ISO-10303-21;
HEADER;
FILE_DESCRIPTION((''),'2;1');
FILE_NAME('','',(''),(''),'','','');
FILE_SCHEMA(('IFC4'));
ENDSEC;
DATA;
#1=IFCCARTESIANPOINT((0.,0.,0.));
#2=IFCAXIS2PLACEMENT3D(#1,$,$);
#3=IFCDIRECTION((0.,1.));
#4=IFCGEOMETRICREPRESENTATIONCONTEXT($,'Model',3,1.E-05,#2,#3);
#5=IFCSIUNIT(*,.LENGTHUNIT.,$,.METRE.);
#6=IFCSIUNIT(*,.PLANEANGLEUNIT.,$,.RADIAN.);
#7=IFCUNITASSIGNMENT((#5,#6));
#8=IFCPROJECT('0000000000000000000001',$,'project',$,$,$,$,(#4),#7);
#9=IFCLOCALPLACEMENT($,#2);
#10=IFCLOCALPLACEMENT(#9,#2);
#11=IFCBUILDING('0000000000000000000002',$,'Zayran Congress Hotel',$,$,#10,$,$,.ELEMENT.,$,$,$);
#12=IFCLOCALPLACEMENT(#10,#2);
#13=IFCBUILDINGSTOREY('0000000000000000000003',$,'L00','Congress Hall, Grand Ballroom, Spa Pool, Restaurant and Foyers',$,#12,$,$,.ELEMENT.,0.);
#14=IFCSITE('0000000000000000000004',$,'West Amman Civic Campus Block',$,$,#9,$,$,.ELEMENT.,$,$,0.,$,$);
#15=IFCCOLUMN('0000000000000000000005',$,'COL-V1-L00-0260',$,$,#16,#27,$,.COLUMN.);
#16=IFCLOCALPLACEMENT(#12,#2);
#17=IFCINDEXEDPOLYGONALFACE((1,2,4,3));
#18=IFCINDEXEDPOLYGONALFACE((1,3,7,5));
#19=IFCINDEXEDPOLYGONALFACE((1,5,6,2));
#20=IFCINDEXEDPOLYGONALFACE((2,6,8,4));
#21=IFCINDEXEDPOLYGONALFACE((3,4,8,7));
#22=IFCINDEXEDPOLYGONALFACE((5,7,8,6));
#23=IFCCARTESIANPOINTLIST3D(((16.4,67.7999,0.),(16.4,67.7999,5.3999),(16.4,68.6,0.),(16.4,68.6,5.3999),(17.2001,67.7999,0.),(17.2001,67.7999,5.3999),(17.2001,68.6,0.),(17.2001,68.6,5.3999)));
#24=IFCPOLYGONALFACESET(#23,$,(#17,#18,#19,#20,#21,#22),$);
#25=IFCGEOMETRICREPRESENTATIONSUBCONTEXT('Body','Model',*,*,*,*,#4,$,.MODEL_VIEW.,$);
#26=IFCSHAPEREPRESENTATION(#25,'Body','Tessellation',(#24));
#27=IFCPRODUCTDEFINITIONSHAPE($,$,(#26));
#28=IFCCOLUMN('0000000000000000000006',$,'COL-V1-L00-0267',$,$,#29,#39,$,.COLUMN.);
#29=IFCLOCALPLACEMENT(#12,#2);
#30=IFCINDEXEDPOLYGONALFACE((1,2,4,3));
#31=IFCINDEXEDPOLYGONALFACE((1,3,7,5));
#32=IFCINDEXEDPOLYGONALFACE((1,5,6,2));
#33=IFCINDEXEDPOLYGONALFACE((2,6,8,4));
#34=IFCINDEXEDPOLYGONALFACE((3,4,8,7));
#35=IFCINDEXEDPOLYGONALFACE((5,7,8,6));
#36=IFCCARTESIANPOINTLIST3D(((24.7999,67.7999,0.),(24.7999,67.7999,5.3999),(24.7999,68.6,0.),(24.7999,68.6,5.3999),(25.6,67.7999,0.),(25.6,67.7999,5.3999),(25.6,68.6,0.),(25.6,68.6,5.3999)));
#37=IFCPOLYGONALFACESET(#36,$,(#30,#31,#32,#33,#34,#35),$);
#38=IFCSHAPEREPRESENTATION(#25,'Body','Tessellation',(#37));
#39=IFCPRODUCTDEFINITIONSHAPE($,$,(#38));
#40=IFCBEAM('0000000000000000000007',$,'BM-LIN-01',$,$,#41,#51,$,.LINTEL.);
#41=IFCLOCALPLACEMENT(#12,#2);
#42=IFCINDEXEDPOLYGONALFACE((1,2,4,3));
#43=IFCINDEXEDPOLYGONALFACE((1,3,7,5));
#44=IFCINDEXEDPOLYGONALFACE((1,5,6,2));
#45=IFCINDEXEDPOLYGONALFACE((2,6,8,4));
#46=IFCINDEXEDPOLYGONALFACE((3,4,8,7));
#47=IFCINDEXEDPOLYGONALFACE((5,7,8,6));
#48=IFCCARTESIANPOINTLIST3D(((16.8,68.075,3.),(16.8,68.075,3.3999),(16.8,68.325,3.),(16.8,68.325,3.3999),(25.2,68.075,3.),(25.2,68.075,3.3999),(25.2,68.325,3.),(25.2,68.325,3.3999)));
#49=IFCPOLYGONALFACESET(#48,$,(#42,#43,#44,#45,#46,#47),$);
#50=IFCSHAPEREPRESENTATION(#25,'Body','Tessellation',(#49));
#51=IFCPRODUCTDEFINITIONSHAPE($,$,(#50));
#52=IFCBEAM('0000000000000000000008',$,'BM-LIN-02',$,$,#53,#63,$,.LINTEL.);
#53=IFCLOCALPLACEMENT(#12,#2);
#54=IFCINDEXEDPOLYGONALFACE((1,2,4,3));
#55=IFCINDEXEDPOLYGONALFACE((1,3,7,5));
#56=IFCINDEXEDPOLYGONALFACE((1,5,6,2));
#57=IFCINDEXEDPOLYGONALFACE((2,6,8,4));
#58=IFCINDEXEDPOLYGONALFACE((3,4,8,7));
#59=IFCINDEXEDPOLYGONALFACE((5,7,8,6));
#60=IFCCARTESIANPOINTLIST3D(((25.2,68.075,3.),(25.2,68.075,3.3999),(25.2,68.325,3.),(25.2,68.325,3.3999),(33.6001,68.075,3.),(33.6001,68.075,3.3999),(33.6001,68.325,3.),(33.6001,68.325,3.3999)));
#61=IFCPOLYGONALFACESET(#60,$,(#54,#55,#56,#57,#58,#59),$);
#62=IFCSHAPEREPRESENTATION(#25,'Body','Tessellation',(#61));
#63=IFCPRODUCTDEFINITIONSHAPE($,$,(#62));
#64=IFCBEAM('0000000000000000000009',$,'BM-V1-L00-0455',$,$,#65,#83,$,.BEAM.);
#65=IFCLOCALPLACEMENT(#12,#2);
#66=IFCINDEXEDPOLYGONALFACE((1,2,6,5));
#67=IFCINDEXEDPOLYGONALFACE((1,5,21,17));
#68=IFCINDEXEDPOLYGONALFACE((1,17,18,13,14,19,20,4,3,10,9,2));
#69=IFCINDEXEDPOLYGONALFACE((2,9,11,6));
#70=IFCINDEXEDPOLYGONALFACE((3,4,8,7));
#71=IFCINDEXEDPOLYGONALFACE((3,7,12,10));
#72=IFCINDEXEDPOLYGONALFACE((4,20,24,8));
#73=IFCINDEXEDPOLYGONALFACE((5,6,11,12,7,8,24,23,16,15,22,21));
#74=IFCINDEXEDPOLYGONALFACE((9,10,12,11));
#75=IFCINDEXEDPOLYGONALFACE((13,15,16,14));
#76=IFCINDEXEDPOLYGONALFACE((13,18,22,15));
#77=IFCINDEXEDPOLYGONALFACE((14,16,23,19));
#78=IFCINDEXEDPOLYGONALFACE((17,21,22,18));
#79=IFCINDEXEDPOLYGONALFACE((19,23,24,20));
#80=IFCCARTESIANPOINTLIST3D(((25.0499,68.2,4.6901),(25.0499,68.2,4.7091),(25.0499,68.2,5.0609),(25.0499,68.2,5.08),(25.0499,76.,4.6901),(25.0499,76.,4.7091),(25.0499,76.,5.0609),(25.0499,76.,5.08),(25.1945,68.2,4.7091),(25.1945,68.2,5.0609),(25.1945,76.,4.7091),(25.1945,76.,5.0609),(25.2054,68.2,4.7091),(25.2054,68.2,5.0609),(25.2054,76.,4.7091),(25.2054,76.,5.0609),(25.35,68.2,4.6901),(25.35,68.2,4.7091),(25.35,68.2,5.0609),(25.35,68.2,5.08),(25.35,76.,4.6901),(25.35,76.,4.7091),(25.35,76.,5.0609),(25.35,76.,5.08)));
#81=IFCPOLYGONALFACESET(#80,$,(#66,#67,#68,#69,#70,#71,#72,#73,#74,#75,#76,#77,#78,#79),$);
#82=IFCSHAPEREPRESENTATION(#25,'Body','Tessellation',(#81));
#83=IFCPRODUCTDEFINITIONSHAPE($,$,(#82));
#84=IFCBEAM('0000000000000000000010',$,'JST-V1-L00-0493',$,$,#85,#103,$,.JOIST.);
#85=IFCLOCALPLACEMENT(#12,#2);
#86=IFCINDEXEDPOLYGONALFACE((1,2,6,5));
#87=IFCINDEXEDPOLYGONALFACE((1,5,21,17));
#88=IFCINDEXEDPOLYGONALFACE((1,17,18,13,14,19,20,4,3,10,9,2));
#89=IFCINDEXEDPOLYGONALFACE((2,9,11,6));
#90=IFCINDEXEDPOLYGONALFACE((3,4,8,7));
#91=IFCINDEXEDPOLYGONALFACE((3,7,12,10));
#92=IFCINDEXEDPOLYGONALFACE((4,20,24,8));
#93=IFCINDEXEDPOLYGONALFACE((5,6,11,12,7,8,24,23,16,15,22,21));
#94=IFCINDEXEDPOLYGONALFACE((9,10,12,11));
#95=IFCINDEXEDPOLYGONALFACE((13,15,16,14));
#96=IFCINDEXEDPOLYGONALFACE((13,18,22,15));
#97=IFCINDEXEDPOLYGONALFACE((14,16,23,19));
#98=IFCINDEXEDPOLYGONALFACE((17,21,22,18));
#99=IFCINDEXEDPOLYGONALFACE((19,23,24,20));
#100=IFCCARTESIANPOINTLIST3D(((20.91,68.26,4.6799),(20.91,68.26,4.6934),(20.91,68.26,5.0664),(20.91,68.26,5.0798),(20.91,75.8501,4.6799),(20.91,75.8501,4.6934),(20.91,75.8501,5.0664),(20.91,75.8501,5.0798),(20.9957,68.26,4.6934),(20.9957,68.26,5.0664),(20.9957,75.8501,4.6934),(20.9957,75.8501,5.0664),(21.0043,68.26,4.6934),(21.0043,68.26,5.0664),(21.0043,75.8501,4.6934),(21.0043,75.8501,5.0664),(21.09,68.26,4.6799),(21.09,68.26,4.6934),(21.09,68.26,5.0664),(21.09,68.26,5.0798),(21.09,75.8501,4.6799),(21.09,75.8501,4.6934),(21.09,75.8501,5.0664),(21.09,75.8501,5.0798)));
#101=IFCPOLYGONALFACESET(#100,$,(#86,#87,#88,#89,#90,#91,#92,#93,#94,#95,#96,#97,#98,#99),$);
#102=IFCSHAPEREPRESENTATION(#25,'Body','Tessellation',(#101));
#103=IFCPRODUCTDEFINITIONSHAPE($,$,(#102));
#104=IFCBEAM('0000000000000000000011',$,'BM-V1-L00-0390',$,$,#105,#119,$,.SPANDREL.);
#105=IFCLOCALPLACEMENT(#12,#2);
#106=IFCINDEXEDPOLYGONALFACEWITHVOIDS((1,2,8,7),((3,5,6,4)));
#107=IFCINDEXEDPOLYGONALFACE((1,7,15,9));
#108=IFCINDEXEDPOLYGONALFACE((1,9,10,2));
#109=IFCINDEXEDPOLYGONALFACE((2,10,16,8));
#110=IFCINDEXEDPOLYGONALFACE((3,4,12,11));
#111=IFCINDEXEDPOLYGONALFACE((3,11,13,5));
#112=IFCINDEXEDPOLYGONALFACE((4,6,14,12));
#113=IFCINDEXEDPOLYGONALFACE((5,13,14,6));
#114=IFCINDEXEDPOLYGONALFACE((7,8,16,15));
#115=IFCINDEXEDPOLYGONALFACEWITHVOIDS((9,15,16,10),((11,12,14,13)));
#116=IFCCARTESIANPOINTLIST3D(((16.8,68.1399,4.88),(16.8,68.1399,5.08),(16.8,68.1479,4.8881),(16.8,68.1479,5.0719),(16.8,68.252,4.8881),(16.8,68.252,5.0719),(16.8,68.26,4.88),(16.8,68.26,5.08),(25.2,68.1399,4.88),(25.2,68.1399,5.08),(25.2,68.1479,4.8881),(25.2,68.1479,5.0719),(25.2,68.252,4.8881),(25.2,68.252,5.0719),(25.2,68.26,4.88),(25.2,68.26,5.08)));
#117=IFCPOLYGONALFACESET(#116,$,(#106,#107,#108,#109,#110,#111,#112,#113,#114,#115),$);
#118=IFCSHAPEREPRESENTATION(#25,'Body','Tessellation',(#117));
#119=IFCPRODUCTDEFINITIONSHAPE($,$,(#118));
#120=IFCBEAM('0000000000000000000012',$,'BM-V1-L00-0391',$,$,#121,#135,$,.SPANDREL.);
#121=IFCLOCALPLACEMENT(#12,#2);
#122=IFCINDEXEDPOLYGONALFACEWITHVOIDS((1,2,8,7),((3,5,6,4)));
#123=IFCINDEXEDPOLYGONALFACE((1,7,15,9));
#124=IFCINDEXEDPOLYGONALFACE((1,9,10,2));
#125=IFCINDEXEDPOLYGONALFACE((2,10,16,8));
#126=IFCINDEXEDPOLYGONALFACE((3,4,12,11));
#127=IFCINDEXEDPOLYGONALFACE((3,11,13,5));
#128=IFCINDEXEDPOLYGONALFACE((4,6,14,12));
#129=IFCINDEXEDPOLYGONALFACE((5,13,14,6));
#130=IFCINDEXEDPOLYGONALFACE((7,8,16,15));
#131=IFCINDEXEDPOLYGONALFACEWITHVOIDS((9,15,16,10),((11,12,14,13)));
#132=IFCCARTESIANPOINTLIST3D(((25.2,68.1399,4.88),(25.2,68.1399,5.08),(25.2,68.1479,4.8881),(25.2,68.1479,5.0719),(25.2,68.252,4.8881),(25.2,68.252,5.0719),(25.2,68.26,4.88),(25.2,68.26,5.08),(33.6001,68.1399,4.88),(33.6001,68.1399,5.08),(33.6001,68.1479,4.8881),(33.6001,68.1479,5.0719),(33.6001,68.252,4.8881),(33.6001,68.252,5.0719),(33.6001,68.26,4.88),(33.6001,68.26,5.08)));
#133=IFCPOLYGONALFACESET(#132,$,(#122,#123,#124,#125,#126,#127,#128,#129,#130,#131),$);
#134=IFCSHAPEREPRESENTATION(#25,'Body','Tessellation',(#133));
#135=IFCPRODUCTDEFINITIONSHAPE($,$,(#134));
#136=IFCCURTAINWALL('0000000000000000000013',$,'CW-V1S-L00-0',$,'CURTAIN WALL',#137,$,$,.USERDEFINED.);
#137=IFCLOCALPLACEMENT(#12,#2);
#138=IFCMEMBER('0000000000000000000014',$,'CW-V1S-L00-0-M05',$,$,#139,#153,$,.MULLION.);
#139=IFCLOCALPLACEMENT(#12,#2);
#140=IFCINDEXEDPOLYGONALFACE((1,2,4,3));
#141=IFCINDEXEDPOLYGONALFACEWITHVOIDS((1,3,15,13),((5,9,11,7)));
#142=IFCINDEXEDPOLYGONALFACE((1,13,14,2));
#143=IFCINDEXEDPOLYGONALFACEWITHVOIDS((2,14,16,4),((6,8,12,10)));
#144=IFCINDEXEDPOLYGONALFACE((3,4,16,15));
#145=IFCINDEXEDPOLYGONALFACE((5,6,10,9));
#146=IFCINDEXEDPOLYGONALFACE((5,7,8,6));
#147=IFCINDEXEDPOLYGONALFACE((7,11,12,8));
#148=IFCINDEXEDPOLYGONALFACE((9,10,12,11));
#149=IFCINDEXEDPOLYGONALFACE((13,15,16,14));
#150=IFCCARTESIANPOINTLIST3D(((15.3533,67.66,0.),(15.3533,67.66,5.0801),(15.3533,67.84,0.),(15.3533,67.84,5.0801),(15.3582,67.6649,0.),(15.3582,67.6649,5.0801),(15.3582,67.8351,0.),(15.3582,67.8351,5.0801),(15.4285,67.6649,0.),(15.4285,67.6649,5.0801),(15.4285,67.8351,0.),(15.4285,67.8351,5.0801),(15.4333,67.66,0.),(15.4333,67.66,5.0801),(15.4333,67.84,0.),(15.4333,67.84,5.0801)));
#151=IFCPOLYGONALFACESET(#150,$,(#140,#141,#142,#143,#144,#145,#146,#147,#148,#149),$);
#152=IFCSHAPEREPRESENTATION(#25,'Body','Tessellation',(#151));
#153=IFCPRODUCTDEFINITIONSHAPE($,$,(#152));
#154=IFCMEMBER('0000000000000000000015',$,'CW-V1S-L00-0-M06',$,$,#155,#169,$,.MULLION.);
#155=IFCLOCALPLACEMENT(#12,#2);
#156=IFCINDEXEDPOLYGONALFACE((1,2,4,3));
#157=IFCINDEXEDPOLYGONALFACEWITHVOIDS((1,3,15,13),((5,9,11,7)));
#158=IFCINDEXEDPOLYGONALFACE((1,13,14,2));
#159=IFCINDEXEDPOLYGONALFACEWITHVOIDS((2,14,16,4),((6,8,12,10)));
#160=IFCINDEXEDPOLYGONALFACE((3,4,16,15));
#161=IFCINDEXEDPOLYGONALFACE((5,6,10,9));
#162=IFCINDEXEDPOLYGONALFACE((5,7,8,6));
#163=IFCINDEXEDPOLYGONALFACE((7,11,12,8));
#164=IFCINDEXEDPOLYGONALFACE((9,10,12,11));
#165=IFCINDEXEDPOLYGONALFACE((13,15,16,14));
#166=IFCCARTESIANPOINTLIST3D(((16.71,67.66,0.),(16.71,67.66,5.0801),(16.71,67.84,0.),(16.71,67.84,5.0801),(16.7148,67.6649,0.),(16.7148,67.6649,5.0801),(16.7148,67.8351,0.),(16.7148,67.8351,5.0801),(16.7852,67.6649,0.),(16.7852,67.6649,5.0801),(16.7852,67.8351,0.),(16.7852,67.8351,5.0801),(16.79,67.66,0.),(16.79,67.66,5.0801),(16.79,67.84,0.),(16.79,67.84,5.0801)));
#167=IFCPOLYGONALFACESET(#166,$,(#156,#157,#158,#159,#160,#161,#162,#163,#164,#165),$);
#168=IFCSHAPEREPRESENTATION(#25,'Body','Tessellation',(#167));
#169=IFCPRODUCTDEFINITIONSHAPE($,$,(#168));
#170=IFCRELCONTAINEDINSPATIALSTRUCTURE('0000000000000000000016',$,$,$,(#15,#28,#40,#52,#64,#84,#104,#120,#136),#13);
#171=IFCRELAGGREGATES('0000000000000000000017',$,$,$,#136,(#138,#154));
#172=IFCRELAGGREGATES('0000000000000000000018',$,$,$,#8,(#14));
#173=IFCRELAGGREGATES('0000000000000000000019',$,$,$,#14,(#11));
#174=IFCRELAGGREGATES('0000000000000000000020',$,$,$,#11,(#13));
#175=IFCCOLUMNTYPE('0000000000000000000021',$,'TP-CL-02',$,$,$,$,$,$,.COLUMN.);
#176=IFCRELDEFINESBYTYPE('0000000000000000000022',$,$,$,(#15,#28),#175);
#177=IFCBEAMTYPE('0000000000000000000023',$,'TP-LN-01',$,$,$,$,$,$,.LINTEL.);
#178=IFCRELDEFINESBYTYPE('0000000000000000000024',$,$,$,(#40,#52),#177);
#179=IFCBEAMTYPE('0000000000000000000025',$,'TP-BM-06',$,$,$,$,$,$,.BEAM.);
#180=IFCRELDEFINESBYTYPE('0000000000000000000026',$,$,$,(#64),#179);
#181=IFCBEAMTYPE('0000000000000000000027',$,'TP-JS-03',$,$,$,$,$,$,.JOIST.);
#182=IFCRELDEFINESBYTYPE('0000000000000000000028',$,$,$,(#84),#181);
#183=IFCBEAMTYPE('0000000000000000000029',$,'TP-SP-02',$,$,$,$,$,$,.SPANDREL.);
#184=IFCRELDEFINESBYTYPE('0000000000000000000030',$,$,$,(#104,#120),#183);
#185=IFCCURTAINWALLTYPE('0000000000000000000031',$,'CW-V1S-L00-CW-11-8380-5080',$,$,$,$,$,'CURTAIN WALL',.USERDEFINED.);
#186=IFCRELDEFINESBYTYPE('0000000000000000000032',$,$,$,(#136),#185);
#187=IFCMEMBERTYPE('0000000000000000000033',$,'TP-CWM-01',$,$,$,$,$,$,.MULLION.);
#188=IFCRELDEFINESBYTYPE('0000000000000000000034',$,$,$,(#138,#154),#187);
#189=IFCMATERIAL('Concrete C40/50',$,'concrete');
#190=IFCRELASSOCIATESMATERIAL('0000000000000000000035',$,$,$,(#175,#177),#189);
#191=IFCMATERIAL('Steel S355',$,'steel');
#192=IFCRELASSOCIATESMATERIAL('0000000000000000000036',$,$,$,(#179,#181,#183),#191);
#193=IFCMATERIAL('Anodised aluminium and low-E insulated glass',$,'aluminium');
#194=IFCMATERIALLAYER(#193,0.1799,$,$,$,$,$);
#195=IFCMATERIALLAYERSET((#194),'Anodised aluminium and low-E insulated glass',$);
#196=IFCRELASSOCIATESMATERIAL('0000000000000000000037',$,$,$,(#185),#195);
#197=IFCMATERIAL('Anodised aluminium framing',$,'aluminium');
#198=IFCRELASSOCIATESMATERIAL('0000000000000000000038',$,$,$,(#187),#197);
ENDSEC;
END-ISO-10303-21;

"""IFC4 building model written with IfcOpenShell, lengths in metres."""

from ifc_helpers import new_model, si_unit, direction, frame, origin, origin_2d, place, context, subcontext, project, spatial, rectangle, hollow_rectangle, i_section, extrude, material, layer, layer_set, material_profile, profile_set, type_object, element, aggregate, save


model = new_model("IFC4")

# Units and contexts
model_context = context("Model", 3, precision=1e-05, world=origin(), true_north=direction((0.0, 1.0)))
body_context = subcontext(model_context, "Body", "Model", "MODEL_VIEW")
ifc_project = project(units=[si_unit("LENGTHUNIT", "METRE"), si_unit("PLANEANGLEUNIT", "RADIAN")], contexts=[model_context])

# Site, building, storey
site_placement = place(None, origin())
site = spatial("IfcSite", under=ifc_project, at=site_placement, Name="West Amman Civic Campus Block", CompositionType="ELEMENT", RefElevation=0.0)
building_placement = place(site_placement, origin())
building = spatial("IfcBuilding", under=site, at=building_placement, Name="Zayran Congress Hotel", CompositionType="ELEMENT")
storey_placement = place(building_placement, origin())
storey = spatial("IfcBuildingStorey", under=building, at=storey_placement, Name="L00", Description="Congress Hall, Grand Ballroom, Spa Pool, Restaurant and Foyers", CompositionType="ELEMENT", Elevation=0.0)

# Columns
ifc_material_1 = material(Name="Concrete C40/50", Category="concrete")
ifc_material_profile_1 = material_profile(ifc_material_1, rectangle(XDim=0.8, YDim=0.8, at=origin_2d()), Name="RC 800x800")
ifc_profile_set_1 = profile_set([ifc_material_profile_1], Name="Concrete C40/50")
column_type = type_object("IfcColumnType", Name="TP-CL-02", PredefinedType="COLUMN", material=ifc_profile_set_1)
for number, where, z_axis, x_axis, name in (
    (1, (16.8, 68.2, 0.0), (0.0, 0.0, 1.0), (1.0, 0.0, 0.0), "COL-V1-L00-0260"),
    (2, (25.2, 68.2, 0.0), (0.0, 0.0, 1.0), (1.0, 0.0, 0.0), "COL-V1-L00-0267"),
):
    element("IfcColumn", number, at=place(storey_placement, frame(where, z_axis=z_axis, x_axis=x_axis)), inside=storey, type_object=column_type, Name=name, PredefinedType="COLUMN", context=body_context, shape_type="SweptSolid", body=[
        extrude(rectangle(XDim=0.8, YDim=0.8, at=origin_2d()), origin(), (0.0, 0.0, 1.0), 5.3999),
    ])

# Beams
ifc_material_profile_2 = material_profile(ifc_material_1, rectangle(XDim=0.25, YDim=0.3999, at=origin_2d()), Name="RC 250x400")
ifc_profile_set_2 = profile_set([ifc_material_profile_2], Name="Concrete C40/50")
beam_type_1 = type_object("IfcBeamType", Name="TP-LN-01", PredefinedType="LINTEL", material=ifc_profile_set_2)
beam_1_placement = place(storey_placement, frame((16.8, 68.2, 3.2), z_axis=(1.0, 0.0, 0.0), x_axis=(0.0, 1.0, 0.0)))
element("IfcBeam", 3, at=beam_1_placement, inside=storey, type_object=beam_type_1, Name="BM-LIN-01", PredefinedType="LINTEL", context=body_context, shape_type="SweptSolid", body=[
    extrude(rectangle(XDim=0.25, YDim=0.3999, at=origin_2d()), origin(), (0.0, 0.0, 1.0), 8.3999),
])
beam_2_placement = place(storey_placement, frame((25.2, 68.2, 3.2), z_axis=(1.0, 0.0, 0.0), x_axis=(0.0, 1.0, 0.0)))
element("IfcBeam", 4, at=beam_2_placement, inside=storey, type_object=beam_type_1, Name="BM-LIN-02", PredefinedType="LINTEL", context=body_context, shape_type="SweptSolid", body=[
    extrude(rectangle(XDim=0.25, YDim=0.3999, at=origin_2d()), origin(), (0.0, 0.0, 1.0), 8.4001),
])
ifc_material_2 = material(Name="Steel S355", Category="steel")
ifc_material_profile_3 = material_profile(ifc_material_2, i_section(OverallWidth=0.3, OverallDepth=0.3899, WebThickness=0.011, FlangeThickness=0.019, at=origin_2d()), Name="HEA 400")
ifc_profile_set_3 = profile_set([ifc_material_profile_3], Name="Steel S355")
beam_type_2 = type_object("IfcBeamType", Name="TP-BM-06", PredefinedType="BEAM", material=ifc_profile_set_3)
beam_3_placement = place(storey_placement, frame((25.2, 68.2, 4.885), z_axis=(0.0, 1.0, 0.0), x_axis=(-1.0, 0.0, 0.0)))
element("IfcBeam", 5, at=beam_3_placement, inside=storey, type_object=beam_type_2, Name="BM-V1-L00-0455", PredefinedType="BEAM", context=body_context, shape_type="SweptSolid", body=[
    extrude(i_section(OverallWidth=0.3, OverallDepth=0.3899, WebThickness=0.011, FlangeThickness=0.019, at=origin_2d()), origin(), (0.0, 0.0, 1.0), 7.8),
])
ifc_material_profile_4 = material_profile(ifc_material_2, i_section(OverallWidth=0.1799, OverallDepth=0.3999, WebThickness=0.0085, FlangeThickness=0.0134, at=origin_2d()), Name="IPE 400")
ifc_profile_set_4 = profile_set([ifc_material_profile_4], Name="Steel S355")
beam_type_3 = type_object("IfcBeamType", Name="TP-JS-03", PredefinedType="JOIST", material=ifc_profile_set_4)
beam_4_placement = place(storey_placement, frame((21.0, 68.26, 4.8799), z_axis=(0.0, 1.0, 0.0), x_axis=(-1.0, 0.0, 0.0)))
element("IfcBeam", 6, at=beam_4_placement, inside=storey, type_object=beam_type_3, Name="JST-V1-L00-0493", PredefinedType="JOIST", context=body_context, shape_type="SweptSolid", body=[
    extrude(i_section(OverallWidth=0.1799, OverallDepth=0.3999, WebThickness=0.0085, FlangeThickness=0.0134, at=origin_2d()), origin(), (0.0, 0.0, 1.0), 7.5901),
])
ifc_material_profile_5 = material_profile(ifc_material_2, hollow_rectangle(XDim=0.1201, YDim=0.2, WallThickness=0.0081, at=origin_2d()), Name="RHS 200x120x8")
ifc_profile_set_5 = profile_set([ifc_material_profile_5], Name="Steel S355")
beam_type_4 = type_object("IfcBeamType", Name="TP-SP-02", PredefinedType="SPANDREL", material=ifc_profile_set_5)
beam_5_placement = place(storey_placement, frame((16.8, 68.2, 4.98), z_axis=(1.0, 0.0, 0.0), x_axis=(0.0, 1.0, 0.0)))
element("IfcBeam", 7, at=beam_5_placement, inside=storey, type_object=beam_type_4, Name="BM-V1-L00-0390", PredefinedType="SPANDREL", context=body_context, shape_type="SweptSolid", body=[
    extrude(hollow_rectangle(XDim=0.1201, YDim=0.2, WallThickness=0.0081, at=origin_2d()), origin(), (0.0, 0.0, 1.0), 8.3999),
])
beam_6_placement = place(storey_placement, frame((25.2, 68.2, 4.98), z_axis=(1.0, 0.0, 0.0), x_axis=(0.0, 1.0, 0.0)))
element("IfcBeam", 8, at=beam_6_placement, inside=storey, type_object=beam_type_4, Name="BM-V1-L00-0391", PredefinedType="SPANDREL", context=body_context, shape_type="SweptSolid", body=[
    extrude(hollow_rectangle(XDim=0.1201, YDim=0.2, WallThickness=0.0081, at=origin_2d()), origin(), (0.0, 0.0, 1.0), 8.4001),
])

# Curtain wall, members
ifc_material_3 = material(Name="Anodised aluminium and low-E insulated glass", Category="aluminium")
ifc_layer_1 = layer(ifc_material_3, 0.1799)
ifc_layer_set_1 = layer_set([ifc_layer_1], Name="Anodised aluminium and low-E insulated glass")
curtain_wall_type = type_object("IfcCurtainWallType", Name="CW-V1S-L00-CW-11-8380-5080", ElementType="CURTAIN WALL", PredefinedType="USERDEFINED", material=ifc_layer_set_1)
curtain_wall_placement = place(storey_placement, origin())
curtain_wall = element("IfcCurtainWall", 9, at=curtain_wall_placement, inside=storey, type_object=curtain_wall_type, Name="CW-V1S-L00-0", ObjectType="CURTAIN WALL", PredefinedType="USERDEFINED")
ifc_material_4 = material(Name="Anodised aluminium framing", Category="aluminium")
ifc_material_profile_6 = material_profile(ifc_material_4, hollow_rectangle(XDim=0.0801, YDim=0.1799, WallThickness=0.0049, at=origin_2d()), Name="RHS 180x80x5")
ifc_profile_set_6 = profile_set([ifc_material_profile_6], Name="Anodised aluminium framing")
member_type_1 = type_object("IfcMemberType", Name="TP-CWM-01", PredefinedType="MULLION", material=ifc_profile_set_6)
member_1_placement = place(storey_placement, frame((15.3933, 67.75, 0.0), z_axis=(0.0, 0.0, 1.0), x_axis=(1.0, 0.0, 0.0)))
member_1 = element("IfcMember", 10, at=member_1_placement, type_object=member_type_1, Name="CW-V1S-L00-0-M05", PredefinedType="MULLION", context=body_context, shape_type="SweptSolid", body=[
    extrude(hollow_rectangle(XDim=0.0801, YDim=0.1799, WallThickness=0.0049, at=origin_2d()), origin(), (0.0, 0.0, 1.0), 5.0801),
])
member_2_placement = place(storey_placement, frame((16.75, 67.75, 0.0), z_axis=(0.0, 0.0, 1.0), x_axis=(1.0, 0.0, 0.0)))
member_2 = element("IfcMember", 11, at=member_2_placement, type_object=member_type_1, Name="CW-V1S-L00-0-M06", PredefinedType="MULLION", context=body_context, shape_type="SweptSolid", body=[
    extrude(hollow_rectangle(XDim=0.0801, YDim=0.1799, WallThickness=0.0049, at=origin_2d()), origin(), (0.0, 0.0, 1.0), 5.0801),
])
aggregate(curtain_wall, [member_1, member_2])

save(model, "model.ifc")
